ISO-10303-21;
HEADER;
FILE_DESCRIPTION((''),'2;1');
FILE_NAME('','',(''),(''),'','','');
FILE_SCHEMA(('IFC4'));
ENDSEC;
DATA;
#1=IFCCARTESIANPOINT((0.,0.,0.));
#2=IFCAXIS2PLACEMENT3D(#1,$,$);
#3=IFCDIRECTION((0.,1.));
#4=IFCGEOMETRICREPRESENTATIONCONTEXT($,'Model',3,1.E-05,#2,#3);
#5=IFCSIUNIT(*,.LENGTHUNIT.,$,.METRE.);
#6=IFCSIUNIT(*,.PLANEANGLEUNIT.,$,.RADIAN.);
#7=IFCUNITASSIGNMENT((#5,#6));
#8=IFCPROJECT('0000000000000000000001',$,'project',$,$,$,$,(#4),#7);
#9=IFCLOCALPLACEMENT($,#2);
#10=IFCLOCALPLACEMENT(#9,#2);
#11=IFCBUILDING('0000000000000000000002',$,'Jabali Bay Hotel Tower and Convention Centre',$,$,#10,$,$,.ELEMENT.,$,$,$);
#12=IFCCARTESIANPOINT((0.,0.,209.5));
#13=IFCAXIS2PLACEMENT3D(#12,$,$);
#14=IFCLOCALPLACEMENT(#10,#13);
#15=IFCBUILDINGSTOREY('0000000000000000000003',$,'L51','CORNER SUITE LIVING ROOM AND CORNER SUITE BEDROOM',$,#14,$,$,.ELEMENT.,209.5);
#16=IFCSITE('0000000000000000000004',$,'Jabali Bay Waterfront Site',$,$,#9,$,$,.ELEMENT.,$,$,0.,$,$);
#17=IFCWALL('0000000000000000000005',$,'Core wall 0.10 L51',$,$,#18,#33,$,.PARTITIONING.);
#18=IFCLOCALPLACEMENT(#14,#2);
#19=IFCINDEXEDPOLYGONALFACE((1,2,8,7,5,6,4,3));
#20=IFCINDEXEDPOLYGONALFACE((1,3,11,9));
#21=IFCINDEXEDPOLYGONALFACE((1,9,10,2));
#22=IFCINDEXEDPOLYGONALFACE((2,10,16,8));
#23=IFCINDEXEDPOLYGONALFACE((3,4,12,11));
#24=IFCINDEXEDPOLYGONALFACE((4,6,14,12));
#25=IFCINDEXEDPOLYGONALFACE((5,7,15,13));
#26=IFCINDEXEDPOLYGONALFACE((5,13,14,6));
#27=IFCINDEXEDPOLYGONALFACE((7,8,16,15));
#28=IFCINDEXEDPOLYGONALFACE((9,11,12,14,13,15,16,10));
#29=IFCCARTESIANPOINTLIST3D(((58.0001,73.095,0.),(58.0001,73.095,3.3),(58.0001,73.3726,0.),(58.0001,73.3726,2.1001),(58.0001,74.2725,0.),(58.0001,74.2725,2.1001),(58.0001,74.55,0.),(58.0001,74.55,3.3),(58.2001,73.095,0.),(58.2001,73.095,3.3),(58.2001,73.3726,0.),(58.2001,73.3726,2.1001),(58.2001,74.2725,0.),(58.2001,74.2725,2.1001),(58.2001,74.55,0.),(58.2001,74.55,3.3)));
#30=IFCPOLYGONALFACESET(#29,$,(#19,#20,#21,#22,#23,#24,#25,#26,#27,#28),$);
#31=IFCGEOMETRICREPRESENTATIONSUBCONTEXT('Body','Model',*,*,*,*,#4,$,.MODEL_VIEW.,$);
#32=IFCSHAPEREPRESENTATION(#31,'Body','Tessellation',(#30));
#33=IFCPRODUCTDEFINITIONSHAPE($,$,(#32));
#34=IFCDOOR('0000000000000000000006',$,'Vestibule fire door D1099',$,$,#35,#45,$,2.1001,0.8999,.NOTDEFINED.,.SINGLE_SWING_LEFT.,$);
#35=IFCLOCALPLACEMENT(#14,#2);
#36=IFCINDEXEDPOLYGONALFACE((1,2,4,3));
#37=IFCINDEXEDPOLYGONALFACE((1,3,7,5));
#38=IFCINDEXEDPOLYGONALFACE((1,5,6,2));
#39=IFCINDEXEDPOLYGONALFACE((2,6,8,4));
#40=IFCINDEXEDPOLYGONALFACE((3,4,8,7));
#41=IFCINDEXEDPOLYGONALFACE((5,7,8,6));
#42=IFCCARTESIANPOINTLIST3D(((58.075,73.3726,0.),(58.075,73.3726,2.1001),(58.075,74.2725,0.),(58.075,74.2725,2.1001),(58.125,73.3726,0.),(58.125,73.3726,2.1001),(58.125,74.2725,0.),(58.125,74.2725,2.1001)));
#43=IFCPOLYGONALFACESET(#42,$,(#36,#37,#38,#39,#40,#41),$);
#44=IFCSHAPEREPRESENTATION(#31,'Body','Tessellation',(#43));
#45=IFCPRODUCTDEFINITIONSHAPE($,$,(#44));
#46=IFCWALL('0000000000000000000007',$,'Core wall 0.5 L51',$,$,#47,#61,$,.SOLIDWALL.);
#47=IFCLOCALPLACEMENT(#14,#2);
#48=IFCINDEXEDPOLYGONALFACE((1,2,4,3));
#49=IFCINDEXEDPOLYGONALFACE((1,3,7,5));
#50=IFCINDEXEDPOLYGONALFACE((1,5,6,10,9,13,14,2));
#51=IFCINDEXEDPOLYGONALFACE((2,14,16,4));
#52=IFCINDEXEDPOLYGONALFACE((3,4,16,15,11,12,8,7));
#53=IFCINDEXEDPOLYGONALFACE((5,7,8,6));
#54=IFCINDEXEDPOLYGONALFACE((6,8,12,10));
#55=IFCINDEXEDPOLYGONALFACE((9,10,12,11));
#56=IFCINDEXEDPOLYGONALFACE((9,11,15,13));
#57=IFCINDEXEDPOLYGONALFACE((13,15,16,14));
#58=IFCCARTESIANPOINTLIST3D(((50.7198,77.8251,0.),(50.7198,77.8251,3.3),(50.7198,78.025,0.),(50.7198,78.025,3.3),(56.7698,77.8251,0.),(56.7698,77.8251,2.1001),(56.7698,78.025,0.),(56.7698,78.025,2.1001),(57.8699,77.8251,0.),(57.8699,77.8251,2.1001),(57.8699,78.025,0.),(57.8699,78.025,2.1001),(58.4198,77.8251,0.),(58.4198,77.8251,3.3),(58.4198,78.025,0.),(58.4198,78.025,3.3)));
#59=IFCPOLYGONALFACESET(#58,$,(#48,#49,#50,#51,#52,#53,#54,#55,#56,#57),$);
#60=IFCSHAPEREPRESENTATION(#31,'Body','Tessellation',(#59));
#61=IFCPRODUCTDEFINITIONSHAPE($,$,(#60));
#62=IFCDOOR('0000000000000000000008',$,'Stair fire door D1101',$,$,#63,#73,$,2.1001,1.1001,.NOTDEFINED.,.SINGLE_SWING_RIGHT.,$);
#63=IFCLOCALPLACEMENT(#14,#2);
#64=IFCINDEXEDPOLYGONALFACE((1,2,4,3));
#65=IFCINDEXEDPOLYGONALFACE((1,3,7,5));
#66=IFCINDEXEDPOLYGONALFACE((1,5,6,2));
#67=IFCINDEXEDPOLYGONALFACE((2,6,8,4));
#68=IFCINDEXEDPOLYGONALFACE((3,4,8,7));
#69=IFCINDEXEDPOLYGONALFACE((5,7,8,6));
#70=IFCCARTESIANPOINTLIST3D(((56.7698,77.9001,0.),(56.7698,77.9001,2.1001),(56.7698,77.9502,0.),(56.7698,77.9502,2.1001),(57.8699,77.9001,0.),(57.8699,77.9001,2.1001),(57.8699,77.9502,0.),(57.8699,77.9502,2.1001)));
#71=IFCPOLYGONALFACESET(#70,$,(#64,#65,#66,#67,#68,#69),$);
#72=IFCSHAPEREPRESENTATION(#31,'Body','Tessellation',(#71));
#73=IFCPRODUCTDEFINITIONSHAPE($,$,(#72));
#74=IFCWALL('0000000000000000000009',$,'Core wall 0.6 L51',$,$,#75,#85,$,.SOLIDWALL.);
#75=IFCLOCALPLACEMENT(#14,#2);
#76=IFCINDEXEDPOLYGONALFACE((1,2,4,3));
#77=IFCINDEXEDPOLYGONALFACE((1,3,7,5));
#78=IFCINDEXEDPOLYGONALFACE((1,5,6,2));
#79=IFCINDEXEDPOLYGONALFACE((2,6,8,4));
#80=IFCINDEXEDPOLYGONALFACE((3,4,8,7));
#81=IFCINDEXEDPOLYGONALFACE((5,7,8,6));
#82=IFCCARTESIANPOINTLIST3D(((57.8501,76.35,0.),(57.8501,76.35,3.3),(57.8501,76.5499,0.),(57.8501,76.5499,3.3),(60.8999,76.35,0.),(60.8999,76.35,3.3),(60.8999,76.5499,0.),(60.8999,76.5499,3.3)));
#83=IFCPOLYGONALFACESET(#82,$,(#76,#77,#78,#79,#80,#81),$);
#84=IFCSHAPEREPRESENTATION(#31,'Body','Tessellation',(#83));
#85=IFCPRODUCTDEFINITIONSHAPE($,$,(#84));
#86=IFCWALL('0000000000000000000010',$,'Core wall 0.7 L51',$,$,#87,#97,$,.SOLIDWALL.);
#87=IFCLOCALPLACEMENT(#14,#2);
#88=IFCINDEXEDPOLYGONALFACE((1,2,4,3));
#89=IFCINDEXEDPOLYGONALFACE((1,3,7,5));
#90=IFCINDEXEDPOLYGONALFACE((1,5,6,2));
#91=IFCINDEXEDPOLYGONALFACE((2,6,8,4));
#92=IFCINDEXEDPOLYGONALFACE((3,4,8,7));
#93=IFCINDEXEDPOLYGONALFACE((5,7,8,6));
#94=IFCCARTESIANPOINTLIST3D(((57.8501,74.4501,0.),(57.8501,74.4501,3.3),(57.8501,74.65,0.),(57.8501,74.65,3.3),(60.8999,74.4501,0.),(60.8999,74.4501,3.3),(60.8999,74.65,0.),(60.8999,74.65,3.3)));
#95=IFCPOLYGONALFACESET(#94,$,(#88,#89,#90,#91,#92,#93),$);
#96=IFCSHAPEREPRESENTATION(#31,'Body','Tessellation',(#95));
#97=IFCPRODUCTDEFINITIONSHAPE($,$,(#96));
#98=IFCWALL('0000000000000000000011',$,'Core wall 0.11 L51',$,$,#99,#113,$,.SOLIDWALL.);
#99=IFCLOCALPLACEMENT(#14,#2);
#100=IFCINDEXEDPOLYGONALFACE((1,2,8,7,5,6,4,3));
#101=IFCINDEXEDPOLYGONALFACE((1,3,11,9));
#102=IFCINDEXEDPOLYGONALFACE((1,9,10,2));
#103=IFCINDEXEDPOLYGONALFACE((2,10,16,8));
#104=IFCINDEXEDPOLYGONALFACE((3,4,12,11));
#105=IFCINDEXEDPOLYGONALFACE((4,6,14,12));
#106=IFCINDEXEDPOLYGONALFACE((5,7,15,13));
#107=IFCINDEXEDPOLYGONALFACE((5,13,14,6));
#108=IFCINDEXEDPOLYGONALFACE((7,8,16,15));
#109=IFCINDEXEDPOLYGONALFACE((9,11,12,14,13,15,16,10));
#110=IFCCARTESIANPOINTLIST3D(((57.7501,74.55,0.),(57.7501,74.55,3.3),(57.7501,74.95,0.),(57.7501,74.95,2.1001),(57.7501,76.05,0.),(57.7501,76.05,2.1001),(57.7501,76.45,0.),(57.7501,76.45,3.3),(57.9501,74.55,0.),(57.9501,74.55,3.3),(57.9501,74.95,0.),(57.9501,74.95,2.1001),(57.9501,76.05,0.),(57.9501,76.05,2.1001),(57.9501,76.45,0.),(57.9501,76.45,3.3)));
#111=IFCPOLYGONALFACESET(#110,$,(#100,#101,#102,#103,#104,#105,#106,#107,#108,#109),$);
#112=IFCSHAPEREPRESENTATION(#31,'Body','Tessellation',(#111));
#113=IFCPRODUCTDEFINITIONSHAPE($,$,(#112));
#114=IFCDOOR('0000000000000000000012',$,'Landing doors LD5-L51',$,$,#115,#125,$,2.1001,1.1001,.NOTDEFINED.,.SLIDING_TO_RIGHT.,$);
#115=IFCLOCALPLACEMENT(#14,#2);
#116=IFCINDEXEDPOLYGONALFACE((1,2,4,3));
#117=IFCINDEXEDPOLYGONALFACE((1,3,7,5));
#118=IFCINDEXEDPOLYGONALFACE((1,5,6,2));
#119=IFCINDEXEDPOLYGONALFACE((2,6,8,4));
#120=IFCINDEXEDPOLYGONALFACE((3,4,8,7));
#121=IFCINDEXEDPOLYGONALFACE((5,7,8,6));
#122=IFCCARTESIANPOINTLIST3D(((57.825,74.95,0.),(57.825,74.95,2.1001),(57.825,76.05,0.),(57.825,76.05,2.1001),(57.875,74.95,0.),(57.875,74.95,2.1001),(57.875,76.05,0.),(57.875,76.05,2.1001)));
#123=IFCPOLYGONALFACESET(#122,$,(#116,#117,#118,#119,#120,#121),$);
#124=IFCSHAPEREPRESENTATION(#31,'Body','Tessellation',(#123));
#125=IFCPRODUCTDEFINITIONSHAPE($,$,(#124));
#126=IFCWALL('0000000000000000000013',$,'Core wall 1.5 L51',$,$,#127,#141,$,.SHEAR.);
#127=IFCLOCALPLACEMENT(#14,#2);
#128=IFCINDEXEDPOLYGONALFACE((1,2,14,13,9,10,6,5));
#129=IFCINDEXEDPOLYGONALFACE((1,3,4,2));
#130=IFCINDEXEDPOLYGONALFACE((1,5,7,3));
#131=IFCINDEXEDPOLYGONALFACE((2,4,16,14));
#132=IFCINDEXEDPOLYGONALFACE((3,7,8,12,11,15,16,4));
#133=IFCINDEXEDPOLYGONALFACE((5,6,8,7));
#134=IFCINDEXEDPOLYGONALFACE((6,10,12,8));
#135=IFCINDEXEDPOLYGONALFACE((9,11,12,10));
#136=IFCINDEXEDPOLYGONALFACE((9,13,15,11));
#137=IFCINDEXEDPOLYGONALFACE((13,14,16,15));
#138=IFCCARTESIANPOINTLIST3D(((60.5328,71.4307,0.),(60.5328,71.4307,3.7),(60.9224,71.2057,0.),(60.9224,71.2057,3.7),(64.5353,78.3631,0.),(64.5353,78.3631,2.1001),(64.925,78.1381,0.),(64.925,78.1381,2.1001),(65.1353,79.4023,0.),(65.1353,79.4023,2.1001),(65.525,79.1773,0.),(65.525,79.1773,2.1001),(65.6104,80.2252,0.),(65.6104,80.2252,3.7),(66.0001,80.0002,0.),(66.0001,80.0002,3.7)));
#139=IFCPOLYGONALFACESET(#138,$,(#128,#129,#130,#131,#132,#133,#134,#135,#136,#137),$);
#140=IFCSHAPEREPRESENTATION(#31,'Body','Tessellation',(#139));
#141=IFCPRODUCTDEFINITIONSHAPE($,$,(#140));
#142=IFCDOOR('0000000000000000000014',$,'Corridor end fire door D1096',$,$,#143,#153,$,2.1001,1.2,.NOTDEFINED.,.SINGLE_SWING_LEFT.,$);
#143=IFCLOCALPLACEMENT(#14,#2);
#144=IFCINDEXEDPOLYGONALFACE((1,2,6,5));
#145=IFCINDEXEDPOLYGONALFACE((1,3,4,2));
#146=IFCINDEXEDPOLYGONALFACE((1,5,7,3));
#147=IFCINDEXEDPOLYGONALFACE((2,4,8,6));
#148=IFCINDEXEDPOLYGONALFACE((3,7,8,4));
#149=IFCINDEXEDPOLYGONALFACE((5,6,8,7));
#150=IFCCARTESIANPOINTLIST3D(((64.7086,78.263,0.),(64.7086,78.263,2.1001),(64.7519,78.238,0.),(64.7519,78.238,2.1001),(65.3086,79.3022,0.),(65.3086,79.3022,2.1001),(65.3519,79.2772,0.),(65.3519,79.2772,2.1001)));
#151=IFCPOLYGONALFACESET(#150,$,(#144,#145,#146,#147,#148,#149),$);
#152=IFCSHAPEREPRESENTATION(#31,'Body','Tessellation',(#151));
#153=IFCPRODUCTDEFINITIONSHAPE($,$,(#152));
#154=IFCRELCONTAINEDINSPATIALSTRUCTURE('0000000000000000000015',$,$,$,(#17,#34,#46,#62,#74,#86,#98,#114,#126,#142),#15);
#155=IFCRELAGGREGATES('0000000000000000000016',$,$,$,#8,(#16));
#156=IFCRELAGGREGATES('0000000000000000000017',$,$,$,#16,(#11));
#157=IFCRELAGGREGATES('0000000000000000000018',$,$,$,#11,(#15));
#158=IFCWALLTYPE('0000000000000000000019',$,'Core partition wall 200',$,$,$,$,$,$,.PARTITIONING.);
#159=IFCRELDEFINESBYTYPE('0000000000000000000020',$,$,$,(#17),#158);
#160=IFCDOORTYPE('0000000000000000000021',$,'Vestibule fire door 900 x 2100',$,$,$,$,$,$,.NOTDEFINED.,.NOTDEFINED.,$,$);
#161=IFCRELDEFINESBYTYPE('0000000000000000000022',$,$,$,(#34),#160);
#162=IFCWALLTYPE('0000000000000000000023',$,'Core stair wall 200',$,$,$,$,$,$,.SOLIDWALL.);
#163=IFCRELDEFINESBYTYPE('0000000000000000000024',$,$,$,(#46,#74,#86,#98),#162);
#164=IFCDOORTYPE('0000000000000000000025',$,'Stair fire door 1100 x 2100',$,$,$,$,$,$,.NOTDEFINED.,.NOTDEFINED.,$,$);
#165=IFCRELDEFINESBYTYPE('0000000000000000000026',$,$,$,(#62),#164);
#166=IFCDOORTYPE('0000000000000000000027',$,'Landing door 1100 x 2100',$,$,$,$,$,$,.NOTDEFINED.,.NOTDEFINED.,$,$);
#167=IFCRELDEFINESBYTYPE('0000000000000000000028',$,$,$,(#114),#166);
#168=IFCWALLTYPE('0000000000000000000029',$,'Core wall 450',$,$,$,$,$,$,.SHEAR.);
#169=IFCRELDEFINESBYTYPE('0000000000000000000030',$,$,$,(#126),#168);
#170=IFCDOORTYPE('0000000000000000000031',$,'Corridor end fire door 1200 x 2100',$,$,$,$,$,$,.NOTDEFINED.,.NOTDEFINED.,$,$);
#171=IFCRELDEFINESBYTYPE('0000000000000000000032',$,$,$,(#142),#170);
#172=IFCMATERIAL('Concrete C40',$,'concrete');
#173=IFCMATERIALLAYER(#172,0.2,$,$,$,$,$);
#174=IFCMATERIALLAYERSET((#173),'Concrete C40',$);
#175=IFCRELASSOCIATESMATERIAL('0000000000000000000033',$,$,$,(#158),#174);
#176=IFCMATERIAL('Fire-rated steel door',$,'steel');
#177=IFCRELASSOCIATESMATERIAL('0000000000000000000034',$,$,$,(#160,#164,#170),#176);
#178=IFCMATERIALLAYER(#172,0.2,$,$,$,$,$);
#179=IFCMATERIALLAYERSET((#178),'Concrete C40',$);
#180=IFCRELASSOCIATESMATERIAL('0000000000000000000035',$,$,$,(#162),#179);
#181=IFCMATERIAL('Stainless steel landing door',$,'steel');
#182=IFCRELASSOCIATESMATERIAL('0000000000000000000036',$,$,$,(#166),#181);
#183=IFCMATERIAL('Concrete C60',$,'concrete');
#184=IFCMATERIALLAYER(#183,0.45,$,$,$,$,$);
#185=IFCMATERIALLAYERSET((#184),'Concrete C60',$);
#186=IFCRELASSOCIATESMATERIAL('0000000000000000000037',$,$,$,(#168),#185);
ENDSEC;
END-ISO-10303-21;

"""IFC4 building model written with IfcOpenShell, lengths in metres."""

from ifc_helpers import new_model, si_unit, direction, frame, frame_2d, origin, place, context, subcontext, project, spatial, rectangle, extrude, material, layer, layer_set, type_object, element, fill, save


model = new_model("IFC4")

# Units and contexts
model_context = context("Model", 3, precision=1e-05, world=origin(), true_north=direction((0.0, 1.0)))
body_context = subcontext(model_context, "Body", "Model", "MODEL_VIEW")
ifc_project = project(units=[si_unit("LENGTHUNIT", "METRE"), si_unit("PLANEANGLEUNIT", "RADIAN")], contexts=[model_context])

# Site, building, storey
site_placement = place(None, origin())
site = spatial("IfcSite", under=ifc_project, at=site_placement, Name="Jabali Bay Waterfront Site", CompositionType="ELEMENT", RefElevation=0.0)
building_placement = place(site_placement, origin())
building = spatial("IfcBuilding", under=site, at=building_placement, Name="Jabali Bay Hotel Tower and Convention Centre", CompositionType="ELEMENT")
storey_placement = place(building_placement, frame((0.0, 0.0, 209.5)))
storey = spatial("IfcBuildingStorey", under=building, at=storey_placement, Name="L51", Description="CORNER SUITE LIVING ROOM AND CORNER SUITE BEDROOM", CompositionType="ELEMENT", Elevation=209.5)

# Walls, openings, doors
ifc_material_1 = material(Name="Concrete C40", Category="concrete")
ifc_layer_1 = layer(ifc_material_1, 0.2)
ifc_layer_set_1 = layer_set([ifc_layer_1], Name="Concrete C40")
wall_type_1 = type_object("IfcWallType", Name="Core partition wall 200", PredefinedType="PARTITIONING", material=ifc_layer_set_1)
wall_1_placement = place(storey_placement, frame((58.1001, 74.55, 0.0), z_axis=(0.0, 0.0, 1.0), x_axis=(0.0, -1.0, 0.0)))
wall_1 = element("IfcWall", 1, at=wall_1_placement, inside=storey, type_object=wall_type_1, Name="Core wall 0.10 L51", PredefinedType="PARTITIONING", context=body_context, shape_type="SweptSolid", body=[
    extrude(rectangle(XDim=1.4551, YDim=0.2, at=frame_2d((0.7275, 0.0))), origin(), (0.0, 0.0, 1.0), 3.3),
])
opening_1_placement = place(wall_1_placement, frame((0.2776, 0.0, 0.0)))
opening_1 = element("IfcOpeningElement", 2, at=opening_1_placement, cuts=wall_1, PredefinedType="OPENING", context=body_context, shape_type="SweptSolid", body=[
    extrude(rectangle(XDim=0.8999, YDim=2.1001, at=frame_2d((0.45, 1.05))), frame((0.0, 0.1104, 0.0), z_axis=(0.0, -1.0, 0.0), x_axis=(1.0, 0.0, 0.0)), (0.0, 0.0, 1.0), 0.2209),
])
ifc_material_2 = material(Name="Fire-rated steel door", Category="steel")
door_type_1 = type_object("IfcDoorType", Name="Vestibule fire door 900 x 2100", OperationType="NOTDEFINED", PredefinedType="NOTDEFINED", material=ifc_material_2)
door_1_placement = place(opening_1_placement, origin())
door_1 = element("IfcDoor", 3, at=door_1_placement, inside=storey, type_object=door_type_1, Name="Vestibule fire door D1099", OperationType="SINGLE_SWING_LEFT", OverallHeight=2.1001, OverallWidth=0.8999, PredefinedType="NOTDEFINED", context=body_context, shape_type="SweptSolid", body=[
    extrude(rectangle(XDim=0.8999, YDim=2.1001, at=frame_2d((0.45, 1.05))), frame((0.0, 0.0249, 0.0), z_axis=(0.0, -1.0, 0.0), x_axis=(1.0, 0.0, 0.0)), (0.0, 0.0, 1.0), 0.05),
])
fill(opening_1, door_1)
ifc_layer_2 = layer(ifc_material_1, 0.2)
ifc_layer_set_2 = layer_set([ifc_layer_2], Name="Concrete C40")
wall_type_2 = type_object("IfcWallType", Name="Core stair wall 200", PredefinedType="SOLIDWALL", material=ifc_layer_set_2)
wall_2_placement = place(storey_placement, frame((58.4199, 77.925, 0.0), z_axis=(0.0, 0.0, 1.0), x_axis=(-1.0, 0.0, 0.0)))
wall_2 = element("IfcWall", 4, at=wall_2_placement, inside=storey, type_object=wall_type_2, Name="Core wall 0.5 L51", PredefinedType="SOLIDWALL", context=body_context, shape_type="SweptSolid", body=[
    extrude(rectangle(XDim=7.7, YDim=0.2, at=frame_2d((3.8501, 0.0))), origin(), (0.0, 0.0, 1.0), 3.3),
])
opening_2_placement = place(wall_2_placement, frame((0.55, 0.0, 0.0)))
opening_2 = element("IfcOpeningElement", 5, at=opening_2_placement, cuts=wall_2, PredefinedType="OPENING", context=body_context, shape_type="SweptSolid", body=[
    extrude(rectangle(XDim=1.1001, YDim=2.1001, at=frame_2d((0.55, 1.05))), frame((0.0, 0.1104, 0.0), z_axis=(0.0, -1.0, 0.0), x_axis=(1.0, 0.0, 0.0)), (0.0, 0.0, 1.0), 0.2209),
])
door_type_2 = type_object("IfcDoorType", Name="Stair fire door 1100 x 2100", OperationType="NOTDEFINED", PredefinedType="NOTDEFINED", material=ifc_material_2)
door_2_placement = place(opening_2_placement, origin())
door_2 = element("IfcDoor", 6, at=door_2_placement, inside=storey, type_object=door_type_2, Name="Stair fire door D1101", OperationType="SINGLE_SWING_RIGHT", OverallHeight=2.1001, OverallWidth=1.1001, PredefinedType="NOTDEFINED", context=body_context, shape_type="SweptSolid", body=[
    extrude(rectangle(XDim=1.1001, YDim=2.1001, at=frame_2d((0.55, 1.05))), frame((0.0, 0.0249, 0.0), z_axis=(0.0, -1.0, 0.0), x_axis=(1.0, 0.0, 0.0)), (0.0, 0.0, 1.0), 0.05),
])
fill(opening_2, door_2)

# Walls
for number, where, z_axis, x_axis, name in (
    (7, (60.8999, 76.45, 0.0), (0.0, 0.0, 1.0), (-1.0, 0.0, 0.0), "Core wall 0.6 L51"),
    (8, (60.8999, 74.55, 0.0), (0.0, 0.0, 1.0), (-1.0, 0.0, 0.0), "Core wall 0.7 L51"),
):
    element("IfcWall", number, at=place(storey_placement, frame(where, z_axis=z_axis, x_axis=x_axis)), inside=storey, type_object=wall_type_2, Name=name, PredefinedType="SOLIDWALL", context=body_context, shape_type="SweptSolid", body=[
        extrude(rectangle(XDim=3.0498, YDim=0.2, at=frame_2d((1.5249, 0.0))), origin(), (0.0, 0.0, 1.0), 3.3),
    ])

# Walls, openings, doors
wall_3_placement = place(storey_placement, frame((57.8501, 76.45, 0.0), z_axis=(0.0, 0.0, 1.0), x_axis=(0.0, -1.0, 0.0)))
wall_3 = element("IfcWall", 9, at=wall_3_placement, inside=storey, type_object=wall_type_2, Name="Core wall 0.11 L51", PredefinedType="SOLIDWALL", context=body_context, shape_type="SweptSolid", body=[
    extrude(rectangle(XDim=1.8999, YDim=0.2, at=frame_2d((0.95, 0.0))), origin(), (0.0, 0.0, 1.0), 3.3),
])
opening_3_placement = place(wall_3_placement, frame((0.3999, 0.0, 0.0)))
opening_3 = element("IfcOpeningElement", 10, at=opening_3_placement, cuts=wall_3, PredefinedType="OPENING", context=body_context, shape_type="SweptSolid", body=[
    extrude(rectangle(XDim=1.1001, YDim=2.1001, at=frame_2d((0.55, 1.05))), frame((0.0, 0.1104, 0.0), z_axis=(0.0, -1.0, 0.0), x_axis=(1.0, 0.0, 0.0)), (0.0, 0.0, 1.0), 0.2209),
])
ifc_material_3 = material(Name="Stainless steel landing door", Category="steel")
door_type_3 = type_object("IfcDoorType", Name="Landing door 1100 x 2100", OperationType="NOTDEFINED", PredefinedType="NOTDEFINED", material=ifc_material_3)
door_3_placement = place(opening_3_placement, origin())
door_3 = element("IfcDoor", 11, at=door_3_placement, inside=storey, type_object=door_type_3, Name="Landing doors LD5-L51", OperationType="SLIDING_TO_RIGHT", OverallHeight=2.1001, OverallWidth=1.1001, PredefinedType="NOTDEFINED", context=body_context, shape_type="SweptSolid", body=[
    extrude(rectangle(XDim=1.1001, YDim=2.1001, at=frame_2d((0.55, 1.05))), frame((0.0, 0.0249, 0.0), z_axis=(0.0, -1.0, 0.0), x_axis=(1.0, 0.0, 0.0)), (0.0, 0.0, 1.0), 0.05),
])
fill(opening_3, door_3)
ifc_material_4 = material(Name="Concrete C60", Category="concrete")
ifc_layer_3 = layer(ifc_material_4, 0.45)
ifc_layer_set_3 = layer_set([ifc_layer_3], Name="Concrete C60")
wall_type_3 = type_object("IfcWallType", Name="Core wall 450", PredefinedType="SHEAR", material=ifc_layer_set_3)
wall_4_placement = place(storey_placement, frame((60.7275, 71.3181, 0.0), z_axis=(0.0, 0.0, 1.0), x_axis=(0.500012, 0.866018, 0.0)))
wall_4 = element("IfcWall", 12, at=wall_4_placement, inside=storey, type_object=wall_type_3, Name="Core wall 1.5 L51", PredefinedType="SHEAR", context=body_context, shape_type="SweptSolid", body=[
    extrude(rectangle(XDim=10.155, YDim=0.45, at=frame_2d((5.0776, 0.0))), origin(), (0.0, 0.0, 1.0), 3.7),
])
opening_4_placement = place(wall_4_placement, frame((8.0049, 0.0, 0.0)))
opening_4 = element("IfcOpeningElement", 13, at=opening_4_placement, cuts=wall_4, PredefinedType="OPENING", context=body_context, shape_type="SweptSolid", body=[
    extrude(rectangle(XDim=1.2, YDim=2.1001, at=frame_2d((0.6001, 1.05))), frame((0.0, 0.2354, 0.0), z_axis=(0.0, -1.0, 0.0), x_axis=(1.0, 0.0, 0.0)), (0.0, 0.0, 1.0), 0.4709),
])
door_type_4 = type_object("IfcDoorType", Name="Corridor end fire door 1200 x 2100", OperationType="NOTDEFINED", PredefinedType="NOTDEFINED", material=ifc_material_2)
door_4_placement = place(opening_4_placement, origin())
door_4 = element("IfcDoor", 14, at=door_4_placement, inside=storey, type_object=door_type_4, Name="Corridor end fire door D1096", OperationType="SINGLE_SWING_LEFT", OverallHeight=2.1001, OverallWidth=1.2, PredefinedType="NOTDEFINED", context=body_context, shape_type="SweptSolid", body=[
    extrude(rectangle(XDim=1.2, YDim=2.1001, at=frame_2d((0.6001, 1.05))), frame((0.0, 0.0249, 0.0), z_axis=(0.0, -1.0, 0.0), x_axis=(1.0, 0.0, 0.0)), (0.0, 0.0, 1.0), 0.05),
])
fill(opening_4, door_4)

save(model, "model.ifc")
